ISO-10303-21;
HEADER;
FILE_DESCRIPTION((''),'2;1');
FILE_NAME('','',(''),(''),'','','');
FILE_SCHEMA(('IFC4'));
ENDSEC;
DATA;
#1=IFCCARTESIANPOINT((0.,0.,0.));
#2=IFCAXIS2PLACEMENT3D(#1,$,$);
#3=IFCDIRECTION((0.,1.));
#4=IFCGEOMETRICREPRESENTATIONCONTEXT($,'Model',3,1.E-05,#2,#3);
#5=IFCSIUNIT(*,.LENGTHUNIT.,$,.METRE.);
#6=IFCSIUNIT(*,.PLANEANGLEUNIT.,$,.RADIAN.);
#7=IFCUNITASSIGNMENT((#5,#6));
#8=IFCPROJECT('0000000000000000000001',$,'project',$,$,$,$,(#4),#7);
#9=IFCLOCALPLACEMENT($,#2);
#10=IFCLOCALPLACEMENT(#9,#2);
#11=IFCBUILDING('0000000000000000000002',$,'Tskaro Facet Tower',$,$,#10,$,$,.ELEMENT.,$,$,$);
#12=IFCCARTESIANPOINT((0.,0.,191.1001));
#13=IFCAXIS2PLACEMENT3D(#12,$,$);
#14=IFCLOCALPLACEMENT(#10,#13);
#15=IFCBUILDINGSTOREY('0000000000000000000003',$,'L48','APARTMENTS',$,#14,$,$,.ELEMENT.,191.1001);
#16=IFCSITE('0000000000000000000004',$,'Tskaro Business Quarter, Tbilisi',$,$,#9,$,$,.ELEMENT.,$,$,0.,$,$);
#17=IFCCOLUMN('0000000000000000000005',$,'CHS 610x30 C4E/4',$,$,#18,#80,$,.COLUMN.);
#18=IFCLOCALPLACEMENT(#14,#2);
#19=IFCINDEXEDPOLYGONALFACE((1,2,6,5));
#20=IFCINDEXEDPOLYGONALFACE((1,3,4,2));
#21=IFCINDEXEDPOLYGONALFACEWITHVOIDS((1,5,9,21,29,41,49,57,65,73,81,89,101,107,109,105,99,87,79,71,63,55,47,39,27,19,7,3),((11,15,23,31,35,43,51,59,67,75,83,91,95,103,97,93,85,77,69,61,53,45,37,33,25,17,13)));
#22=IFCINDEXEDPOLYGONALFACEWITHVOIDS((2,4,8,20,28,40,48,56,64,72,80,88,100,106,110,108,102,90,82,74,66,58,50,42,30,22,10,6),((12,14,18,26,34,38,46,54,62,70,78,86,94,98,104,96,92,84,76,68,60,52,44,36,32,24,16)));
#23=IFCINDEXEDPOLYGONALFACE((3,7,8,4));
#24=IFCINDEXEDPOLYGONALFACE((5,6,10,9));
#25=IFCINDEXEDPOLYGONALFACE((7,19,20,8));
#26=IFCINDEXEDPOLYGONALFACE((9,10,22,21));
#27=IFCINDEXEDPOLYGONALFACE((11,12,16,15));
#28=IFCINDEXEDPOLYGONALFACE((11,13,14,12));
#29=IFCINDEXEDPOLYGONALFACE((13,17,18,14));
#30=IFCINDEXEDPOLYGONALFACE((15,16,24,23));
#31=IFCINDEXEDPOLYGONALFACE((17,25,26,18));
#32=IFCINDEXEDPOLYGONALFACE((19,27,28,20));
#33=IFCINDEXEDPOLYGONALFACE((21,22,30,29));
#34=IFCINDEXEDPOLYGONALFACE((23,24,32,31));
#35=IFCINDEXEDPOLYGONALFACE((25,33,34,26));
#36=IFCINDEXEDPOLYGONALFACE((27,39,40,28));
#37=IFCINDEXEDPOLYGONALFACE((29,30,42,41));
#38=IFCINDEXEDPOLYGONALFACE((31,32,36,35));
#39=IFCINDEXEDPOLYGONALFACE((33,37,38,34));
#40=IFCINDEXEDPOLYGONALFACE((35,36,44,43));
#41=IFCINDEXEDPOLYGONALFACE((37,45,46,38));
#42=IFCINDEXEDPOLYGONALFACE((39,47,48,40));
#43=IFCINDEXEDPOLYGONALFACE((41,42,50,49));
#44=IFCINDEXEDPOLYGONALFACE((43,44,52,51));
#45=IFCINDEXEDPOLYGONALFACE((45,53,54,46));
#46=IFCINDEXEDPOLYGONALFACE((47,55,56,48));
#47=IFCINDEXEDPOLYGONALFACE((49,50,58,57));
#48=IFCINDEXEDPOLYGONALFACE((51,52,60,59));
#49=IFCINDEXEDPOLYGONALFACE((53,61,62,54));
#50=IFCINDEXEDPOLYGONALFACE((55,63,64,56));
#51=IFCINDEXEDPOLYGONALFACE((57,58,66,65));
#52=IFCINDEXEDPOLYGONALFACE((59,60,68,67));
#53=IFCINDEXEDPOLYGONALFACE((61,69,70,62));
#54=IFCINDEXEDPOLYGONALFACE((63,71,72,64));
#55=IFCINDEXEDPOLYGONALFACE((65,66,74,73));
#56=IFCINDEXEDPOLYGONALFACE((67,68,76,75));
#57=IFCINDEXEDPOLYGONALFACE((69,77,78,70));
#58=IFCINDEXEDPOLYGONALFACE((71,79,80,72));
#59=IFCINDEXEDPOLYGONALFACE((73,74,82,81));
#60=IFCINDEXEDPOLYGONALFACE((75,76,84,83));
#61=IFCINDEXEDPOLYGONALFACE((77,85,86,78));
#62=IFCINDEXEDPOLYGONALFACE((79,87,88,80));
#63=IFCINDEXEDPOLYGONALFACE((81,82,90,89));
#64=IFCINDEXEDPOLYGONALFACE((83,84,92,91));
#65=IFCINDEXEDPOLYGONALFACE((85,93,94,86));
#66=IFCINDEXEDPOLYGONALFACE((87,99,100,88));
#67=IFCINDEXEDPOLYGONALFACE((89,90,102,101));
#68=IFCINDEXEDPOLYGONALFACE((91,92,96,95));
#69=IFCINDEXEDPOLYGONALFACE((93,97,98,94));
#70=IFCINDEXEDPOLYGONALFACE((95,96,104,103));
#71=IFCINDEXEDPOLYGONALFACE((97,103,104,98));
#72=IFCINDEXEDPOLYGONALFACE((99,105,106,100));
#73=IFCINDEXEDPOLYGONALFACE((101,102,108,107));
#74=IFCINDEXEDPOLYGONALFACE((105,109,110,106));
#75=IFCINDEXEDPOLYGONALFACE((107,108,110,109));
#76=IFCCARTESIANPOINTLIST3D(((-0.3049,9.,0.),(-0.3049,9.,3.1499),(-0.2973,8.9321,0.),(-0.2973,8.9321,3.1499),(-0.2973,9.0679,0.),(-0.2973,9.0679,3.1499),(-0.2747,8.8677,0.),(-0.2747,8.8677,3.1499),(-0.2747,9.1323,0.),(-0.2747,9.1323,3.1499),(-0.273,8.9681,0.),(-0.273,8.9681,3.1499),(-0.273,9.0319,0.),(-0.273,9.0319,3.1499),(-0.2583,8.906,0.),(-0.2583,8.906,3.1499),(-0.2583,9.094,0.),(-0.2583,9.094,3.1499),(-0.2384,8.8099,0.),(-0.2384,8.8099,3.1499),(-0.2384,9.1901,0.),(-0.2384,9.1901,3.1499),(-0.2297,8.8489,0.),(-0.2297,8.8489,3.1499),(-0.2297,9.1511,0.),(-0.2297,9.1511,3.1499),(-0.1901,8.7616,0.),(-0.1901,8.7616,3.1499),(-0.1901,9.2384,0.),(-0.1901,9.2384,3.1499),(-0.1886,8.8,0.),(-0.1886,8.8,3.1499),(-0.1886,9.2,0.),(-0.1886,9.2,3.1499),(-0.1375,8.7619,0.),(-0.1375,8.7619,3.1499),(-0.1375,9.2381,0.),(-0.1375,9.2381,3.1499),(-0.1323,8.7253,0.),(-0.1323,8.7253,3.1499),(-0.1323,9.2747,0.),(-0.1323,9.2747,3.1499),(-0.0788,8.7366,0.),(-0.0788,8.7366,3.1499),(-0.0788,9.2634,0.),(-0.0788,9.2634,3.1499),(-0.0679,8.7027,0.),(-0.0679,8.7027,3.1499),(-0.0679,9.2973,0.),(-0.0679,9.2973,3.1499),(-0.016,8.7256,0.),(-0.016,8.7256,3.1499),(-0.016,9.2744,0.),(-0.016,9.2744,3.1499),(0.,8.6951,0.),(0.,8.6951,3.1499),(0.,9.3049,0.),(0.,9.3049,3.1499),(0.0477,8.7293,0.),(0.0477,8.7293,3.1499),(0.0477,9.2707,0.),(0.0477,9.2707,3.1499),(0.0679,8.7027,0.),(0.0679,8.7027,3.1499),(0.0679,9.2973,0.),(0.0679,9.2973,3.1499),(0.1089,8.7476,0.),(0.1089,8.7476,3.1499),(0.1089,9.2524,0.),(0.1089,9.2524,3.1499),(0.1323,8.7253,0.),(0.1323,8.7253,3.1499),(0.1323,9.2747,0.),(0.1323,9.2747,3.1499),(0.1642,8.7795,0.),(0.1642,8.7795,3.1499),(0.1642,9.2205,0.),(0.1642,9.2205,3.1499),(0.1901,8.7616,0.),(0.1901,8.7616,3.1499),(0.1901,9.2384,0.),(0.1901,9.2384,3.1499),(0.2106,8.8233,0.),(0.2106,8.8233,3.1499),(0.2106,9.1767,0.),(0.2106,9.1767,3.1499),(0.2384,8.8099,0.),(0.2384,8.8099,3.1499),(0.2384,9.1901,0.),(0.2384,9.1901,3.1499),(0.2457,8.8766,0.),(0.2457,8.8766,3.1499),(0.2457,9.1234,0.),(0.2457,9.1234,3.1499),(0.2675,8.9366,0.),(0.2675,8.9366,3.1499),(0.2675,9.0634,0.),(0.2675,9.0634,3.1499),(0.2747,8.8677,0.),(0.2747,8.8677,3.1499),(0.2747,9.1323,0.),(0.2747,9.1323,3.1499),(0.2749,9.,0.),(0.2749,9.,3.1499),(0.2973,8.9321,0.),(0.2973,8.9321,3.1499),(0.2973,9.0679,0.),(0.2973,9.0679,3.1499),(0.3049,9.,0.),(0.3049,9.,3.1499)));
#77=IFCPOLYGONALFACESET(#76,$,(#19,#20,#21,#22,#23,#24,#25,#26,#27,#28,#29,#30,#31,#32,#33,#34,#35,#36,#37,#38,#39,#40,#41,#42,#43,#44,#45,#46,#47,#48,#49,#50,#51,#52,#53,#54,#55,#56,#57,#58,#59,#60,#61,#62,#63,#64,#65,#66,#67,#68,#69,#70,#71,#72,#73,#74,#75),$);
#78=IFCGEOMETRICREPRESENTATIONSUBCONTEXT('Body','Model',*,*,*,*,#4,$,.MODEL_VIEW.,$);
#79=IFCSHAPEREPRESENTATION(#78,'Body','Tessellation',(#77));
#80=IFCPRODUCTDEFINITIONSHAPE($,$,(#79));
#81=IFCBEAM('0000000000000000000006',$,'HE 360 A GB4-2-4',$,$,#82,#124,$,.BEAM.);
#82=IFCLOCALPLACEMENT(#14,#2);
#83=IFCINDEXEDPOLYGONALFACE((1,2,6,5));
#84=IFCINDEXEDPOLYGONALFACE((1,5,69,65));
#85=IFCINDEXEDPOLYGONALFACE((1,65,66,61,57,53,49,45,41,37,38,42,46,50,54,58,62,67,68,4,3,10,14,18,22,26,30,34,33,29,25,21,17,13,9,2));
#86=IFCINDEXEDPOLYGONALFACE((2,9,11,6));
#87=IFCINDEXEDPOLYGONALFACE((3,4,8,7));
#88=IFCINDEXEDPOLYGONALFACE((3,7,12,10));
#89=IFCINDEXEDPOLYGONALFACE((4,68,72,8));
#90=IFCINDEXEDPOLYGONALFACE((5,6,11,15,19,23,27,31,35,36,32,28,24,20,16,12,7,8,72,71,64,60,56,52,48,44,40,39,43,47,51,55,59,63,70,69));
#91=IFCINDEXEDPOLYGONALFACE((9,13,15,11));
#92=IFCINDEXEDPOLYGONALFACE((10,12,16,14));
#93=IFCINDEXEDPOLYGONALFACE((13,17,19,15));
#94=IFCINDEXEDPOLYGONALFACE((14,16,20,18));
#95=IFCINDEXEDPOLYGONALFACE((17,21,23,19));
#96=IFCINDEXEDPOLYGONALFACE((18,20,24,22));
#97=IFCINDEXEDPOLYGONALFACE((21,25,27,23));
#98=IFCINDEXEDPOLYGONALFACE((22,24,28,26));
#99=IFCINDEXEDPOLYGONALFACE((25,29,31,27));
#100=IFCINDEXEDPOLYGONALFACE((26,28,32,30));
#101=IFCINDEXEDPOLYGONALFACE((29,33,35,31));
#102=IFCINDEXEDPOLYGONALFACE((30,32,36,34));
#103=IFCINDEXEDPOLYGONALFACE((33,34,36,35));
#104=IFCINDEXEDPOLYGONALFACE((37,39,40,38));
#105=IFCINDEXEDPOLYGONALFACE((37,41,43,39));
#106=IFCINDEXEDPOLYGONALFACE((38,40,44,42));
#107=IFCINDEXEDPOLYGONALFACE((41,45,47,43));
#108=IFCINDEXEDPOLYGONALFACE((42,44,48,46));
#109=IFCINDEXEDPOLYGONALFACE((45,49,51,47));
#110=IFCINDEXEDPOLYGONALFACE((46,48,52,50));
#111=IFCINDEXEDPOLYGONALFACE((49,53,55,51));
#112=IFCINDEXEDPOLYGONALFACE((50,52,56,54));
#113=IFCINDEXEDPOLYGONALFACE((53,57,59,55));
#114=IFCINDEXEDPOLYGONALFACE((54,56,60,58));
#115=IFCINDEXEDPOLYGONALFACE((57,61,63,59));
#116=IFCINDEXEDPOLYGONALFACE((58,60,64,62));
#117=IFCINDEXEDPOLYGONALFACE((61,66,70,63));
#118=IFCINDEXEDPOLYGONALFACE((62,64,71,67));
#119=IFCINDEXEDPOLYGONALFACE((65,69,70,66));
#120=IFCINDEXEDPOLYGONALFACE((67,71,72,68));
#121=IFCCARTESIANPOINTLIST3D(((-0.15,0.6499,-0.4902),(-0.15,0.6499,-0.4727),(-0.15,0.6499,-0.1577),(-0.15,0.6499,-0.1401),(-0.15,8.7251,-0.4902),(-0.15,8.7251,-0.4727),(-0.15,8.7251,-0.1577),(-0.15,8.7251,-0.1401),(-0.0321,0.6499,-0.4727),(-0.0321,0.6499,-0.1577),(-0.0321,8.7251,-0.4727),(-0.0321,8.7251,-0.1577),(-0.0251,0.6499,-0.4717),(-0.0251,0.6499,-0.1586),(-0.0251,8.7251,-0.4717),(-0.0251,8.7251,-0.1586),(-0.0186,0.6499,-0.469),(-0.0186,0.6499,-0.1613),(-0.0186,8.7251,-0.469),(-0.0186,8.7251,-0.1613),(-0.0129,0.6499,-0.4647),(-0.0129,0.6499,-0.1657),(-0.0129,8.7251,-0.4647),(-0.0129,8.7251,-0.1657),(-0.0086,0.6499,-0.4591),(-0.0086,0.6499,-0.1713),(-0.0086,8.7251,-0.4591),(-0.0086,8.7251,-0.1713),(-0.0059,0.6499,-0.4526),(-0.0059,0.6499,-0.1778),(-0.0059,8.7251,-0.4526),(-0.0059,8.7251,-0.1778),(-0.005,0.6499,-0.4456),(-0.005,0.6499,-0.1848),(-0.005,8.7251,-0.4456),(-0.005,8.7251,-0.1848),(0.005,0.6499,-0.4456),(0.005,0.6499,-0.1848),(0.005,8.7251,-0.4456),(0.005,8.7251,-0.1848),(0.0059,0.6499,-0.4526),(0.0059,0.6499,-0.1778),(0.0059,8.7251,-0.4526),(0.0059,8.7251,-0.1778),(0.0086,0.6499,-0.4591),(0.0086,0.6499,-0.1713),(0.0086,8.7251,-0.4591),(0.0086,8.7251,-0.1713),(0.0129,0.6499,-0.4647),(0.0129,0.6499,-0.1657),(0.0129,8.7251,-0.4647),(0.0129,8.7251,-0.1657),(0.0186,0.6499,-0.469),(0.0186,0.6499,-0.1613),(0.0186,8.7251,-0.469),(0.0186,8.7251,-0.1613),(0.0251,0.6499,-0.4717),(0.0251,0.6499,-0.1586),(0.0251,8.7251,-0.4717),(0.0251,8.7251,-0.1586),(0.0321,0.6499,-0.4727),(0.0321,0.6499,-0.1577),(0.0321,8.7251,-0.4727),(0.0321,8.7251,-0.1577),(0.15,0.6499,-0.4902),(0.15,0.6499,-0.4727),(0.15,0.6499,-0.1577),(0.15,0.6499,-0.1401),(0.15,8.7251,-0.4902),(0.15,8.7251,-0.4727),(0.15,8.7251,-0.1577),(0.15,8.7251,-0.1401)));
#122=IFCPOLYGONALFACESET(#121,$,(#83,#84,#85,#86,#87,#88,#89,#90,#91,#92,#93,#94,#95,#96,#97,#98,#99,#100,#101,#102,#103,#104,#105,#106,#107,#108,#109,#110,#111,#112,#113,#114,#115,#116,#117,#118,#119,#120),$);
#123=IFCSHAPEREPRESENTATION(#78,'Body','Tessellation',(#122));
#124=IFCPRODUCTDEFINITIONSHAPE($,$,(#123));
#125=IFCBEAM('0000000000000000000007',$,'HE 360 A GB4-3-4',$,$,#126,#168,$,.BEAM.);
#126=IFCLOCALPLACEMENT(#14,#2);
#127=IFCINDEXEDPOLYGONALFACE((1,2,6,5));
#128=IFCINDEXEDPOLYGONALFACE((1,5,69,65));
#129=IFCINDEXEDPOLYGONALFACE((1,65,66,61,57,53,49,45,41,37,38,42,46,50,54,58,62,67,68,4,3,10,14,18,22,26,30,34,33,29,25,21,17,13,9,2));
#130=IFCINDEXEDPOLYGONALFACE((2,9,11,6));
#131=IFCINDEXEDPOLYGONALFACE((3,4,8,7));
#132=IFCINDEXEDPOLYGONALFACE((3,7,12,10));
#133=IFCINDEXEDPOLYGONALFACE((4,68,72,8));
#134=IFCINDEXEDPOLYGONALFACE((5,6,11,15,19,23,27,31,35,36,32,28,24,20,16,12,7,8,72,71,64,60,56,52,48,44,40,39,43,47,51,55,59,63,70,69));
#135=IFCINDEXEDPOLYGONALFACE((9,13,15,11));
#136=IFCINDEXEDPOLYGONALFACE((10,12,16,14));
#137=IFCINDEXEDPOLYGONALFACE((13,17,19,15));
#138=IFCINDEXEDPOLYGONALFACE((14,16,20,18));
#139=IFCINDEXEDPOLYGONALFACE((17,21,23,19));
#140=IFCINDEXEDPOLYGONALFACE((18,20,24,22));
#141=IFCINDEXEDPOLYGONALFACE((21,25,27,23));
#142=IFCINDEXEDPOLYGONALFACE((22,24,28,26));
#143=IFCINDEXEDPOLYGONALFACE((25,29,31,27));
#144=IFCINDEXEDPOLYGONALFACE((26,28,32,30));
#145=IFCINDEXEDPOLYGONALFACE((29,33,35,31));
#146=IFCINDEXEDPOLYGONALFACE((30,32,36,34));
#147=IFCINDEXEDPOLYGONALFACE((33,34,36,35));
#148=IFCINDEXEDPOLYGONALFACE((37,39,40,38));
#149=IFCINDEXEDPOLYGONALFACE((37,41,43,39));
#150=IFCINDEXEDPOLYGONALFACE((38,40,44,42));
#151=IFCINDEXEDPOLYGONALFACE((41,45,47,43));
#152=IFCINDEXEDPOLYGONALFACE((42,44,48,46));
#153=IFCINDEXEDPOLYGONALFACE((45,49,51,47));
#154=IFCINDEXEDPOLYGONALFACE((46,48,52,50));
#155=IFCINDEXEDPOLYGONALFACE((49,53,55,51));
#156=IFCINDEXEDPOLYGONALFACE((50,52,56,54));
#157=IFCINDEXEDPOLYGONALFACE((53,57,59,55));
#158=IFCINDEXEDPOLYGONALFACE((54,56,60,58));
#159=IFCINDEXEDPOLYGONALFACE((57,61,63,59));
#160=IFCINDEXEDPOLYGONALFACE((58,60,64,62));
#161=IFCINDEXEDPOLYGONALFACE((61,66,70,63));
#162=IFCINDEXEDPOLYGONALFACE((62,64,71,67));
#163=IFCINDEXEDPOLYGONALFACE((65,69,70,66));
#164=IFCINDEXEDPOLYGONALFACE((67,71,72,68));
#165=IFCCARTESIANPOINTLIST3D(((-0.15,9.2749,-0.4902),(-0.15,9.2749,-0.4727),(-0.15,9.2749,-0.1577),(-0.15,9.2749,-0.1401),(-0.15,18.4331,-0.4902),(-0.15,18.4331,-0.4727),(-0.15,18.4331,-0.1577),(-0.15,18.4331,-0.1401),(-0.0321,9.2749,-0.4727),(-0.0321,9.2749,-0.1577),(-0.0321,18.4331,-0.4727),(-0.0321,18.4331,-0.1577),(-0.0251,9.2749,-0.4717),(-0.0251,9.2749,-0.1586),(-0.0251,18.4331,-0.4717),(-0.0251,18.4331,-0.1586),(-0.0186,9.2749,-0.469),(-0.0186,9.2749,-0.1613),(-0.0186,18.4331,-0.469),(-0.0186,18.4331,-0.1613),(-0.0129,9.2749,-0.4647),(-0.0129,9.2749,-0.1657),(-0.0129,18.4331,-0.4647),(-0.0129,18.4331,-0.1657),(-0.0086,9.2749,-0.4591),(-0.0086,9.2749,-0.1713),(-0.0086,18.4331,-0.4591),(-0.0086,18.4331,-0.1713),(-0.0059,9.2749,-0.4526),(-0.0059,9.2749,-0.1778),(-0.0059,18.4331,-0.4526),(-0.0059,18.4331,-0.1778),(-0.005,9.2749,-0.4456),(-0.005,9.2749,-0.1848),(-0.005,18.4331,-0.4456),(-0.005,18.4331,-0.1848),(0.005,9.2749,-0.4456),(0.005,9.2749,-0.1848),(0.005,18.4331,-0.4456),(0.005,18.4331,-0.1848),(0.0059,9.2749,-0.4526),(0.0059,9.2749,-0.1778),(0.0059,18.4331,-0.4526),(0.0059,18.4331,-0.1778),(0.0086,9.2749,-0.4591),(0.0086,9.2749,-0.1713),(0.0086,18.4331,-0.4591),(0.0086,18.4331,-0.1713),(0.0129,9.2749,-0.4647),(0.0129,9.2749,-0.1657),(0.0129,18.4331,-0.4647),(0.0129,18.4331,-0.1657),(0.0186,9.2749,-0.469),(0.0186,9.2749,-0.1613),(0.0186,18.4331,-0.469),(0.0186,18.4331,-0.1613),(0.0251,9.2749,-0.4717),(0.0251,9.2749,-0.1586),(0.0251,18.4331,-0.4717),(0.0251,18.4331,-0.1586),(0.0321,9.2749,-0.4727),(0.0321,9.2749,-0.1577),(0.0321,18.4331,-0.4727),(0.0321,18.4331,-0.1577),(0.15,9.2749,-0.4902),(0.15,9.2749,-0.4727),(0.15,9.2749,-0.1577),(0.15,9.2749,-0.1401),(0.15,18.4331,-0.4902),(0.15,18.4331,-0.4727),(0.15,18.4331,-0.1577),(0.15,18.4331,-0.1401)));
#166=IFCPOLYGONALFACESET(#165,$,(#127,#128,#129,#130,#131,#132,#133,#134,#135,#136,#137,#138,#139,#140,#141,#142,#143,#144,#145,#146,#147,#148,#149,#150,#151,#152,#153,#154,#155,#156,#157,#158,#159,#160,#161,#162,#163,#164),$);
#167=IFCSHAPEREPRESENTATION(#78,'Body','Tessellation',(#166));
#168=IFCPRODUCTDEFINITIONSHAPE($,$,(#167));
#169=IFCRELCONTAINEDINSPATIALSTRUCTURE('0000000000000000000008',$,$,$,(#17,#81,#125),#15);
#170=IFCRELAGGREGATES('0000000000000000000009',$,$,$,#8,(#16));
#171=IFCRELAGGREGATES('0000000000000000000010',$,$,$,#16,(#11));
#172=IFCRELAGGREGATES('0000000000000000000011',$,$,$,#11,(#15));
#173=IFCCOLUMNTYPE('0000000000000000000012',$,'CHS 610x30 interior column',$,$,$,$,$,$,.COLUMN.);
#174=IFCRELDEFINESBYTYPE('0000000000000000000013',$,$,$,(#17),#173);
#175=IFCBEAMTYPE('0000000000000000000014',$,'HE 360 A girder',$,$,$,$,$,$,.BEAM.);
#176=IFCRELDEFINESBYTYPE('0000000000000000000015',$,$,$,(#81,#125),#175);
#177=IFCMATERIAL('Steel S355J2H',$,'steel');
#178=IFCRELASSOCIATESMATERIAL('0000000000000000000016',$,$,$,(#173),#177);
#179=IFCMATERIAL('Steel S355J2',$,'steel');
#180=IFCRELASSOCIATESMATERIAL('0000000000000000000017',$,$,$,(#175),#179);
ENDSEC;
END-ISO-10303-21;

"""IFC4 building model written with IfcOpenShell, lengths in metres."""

from ifc_helpers import new_model, si_unit, direction, frame, origin, origin_2d, place, context, subcontext, project, spatial, hollow_circle, i_section, extrude, material, material_profile, profile_set, type_object, element, save


model = new_model("IFC4")

# Units and contexts
model_context = context("Model", 3, precision=1e-05, world=origin(), true_north=direction((0.0, 1.0)))
body_context = subcontext(model_context, "Body", "Model", "MODEL_VIEW")
ifc_project = project(units=[si_unit("LENGTHUNIT", "METRE"), si_unit("PLANEANGLEUNIT", "RADIAN")], contexts=[model_context])

# Site, building, storey
site_placement = place(None, origin())
site = spatial("IfcSite", under=ifc_project, at=site_placement, Name="Tskaro Business Quarter, Tbilisi", CompositionType="ELEMENT", RefElevation=0.0)
building_placement = place(site_placement, origin())
building = spatial("IfcBuilding", under=site, at=building_placement, Name="Tskaro Facet Tower", CompositionType="ELEMENT")
storey_placement = place(building_placement, frame((0.0, 0.0, 191.1001)))
storey = spatial("IfcBuildingStorey", under=building, at=storey_placement, Name="L48", Description="APARTMENTS", CompositionType="ELEMENT", Elevation=191.1001)

# Column
ifc_material_1 = material(Name="Steel S355J2H", Category="steel")
ifc_material_profile_1 = material_profile(ifc_material_1, hollow_circle(Radius=0.3049, WallThickness=0.03, at=origin_2d()), Name="CHS 610x30")
ifc_profile_set_1 = profile_set([ifc_material_profile_1], Name="Steel S355J2H")
column_type = type_object("IfcColumnType", Name="CHS 610x30 interior column", PredefinedType="COLUMN", material=ifc_profile_set_1)
column_placement = place(storey_placement, frame((0.0, 9.0, 0.0), z_axis=(0.0, 0.0, 1.0), x_axis=(1.0, 0.0, 0.0)))
element("IfcColumn", 1, at=column_placement, inside=storey, type_object=column_type, Name="CHS 610x30 C4E/4", PredefinedType="COLUMN", context=body_context, shape_type="SweptSolid", body=[
    extrude(hollow_circle(Radius=0.3049, WallThickness=0.03, at=origin_2d()), origin(), (0.0, 0.0, 1.0), 3.1499),
])

# Beams
ifc_material_2 = material(Name="Steel S355J2", Category="steel")
ifc_material_profile_2 = material_profile(ifc_material_2, i_section(OverallWidth=0.3, OverallDepth=0.3501, WebThickness=0.01, FlangeThickness=0.0176, FilletRadius=0.0271, at=origin_2d()), Name="HE 360 A")
ifc_profile_set_2 = profile_set([ifc_material_profile_2], Name="Steel S355J2")
beam_type_1 = type_object("IfcBeamType", Name="HE 360 A girder", PredefinedType="BEAM", material=ifc_profile_set_2)
beam_1_placement = place(storey_placement, frame((0.0, 0.6499, -0.3152), z_axis=(0.0, 1.0, 0.0), x_axis=(-1.0, 0.0, 0.0)))
element("IfcBeam", 2, at=beam_1_placement, inside=storey, type_object=beam_type_1, Name="HE 360 A GB4-2-4", PredefinedType="BEAM", context=body_context, shape_type="SweptSolid", body=[
    extrude(i_section(OverallWidth=0.3, OverallDepth=0.3501, WebThickness=0.01, FlangeThickness=0.0176, FilletRadius=0.0271, at=origin_2d()), origin(), (0.0, 0.0, 1.0), 8.0752),
])
beam_2_placement = place(storey_placement, frame((0.0, 9.2749, -0.3152), z_axis=(0.0, 1.0, 0.0), x_axis=(-1.0, 0.0, 0.0)))
element("IfcBeam", 3, at=beam_2_placement, inside=storey, type_object=beam_type_1, Name="HE 360 A GB4-3-4", PredefinedType="BEAM", context=body_context, shape_type="SweptSolid", body=[
    extrude(i_section(OverallWidth=0.3, OverallDepth=0.3501, WebThickness=0.01, FlangeThickness=0.0176, FilletRadius=0.0271, at=origin_2d()), origin(), (0.0, 0.0, 1.0), 9.1582),
])

save(model, "model.ifc")
